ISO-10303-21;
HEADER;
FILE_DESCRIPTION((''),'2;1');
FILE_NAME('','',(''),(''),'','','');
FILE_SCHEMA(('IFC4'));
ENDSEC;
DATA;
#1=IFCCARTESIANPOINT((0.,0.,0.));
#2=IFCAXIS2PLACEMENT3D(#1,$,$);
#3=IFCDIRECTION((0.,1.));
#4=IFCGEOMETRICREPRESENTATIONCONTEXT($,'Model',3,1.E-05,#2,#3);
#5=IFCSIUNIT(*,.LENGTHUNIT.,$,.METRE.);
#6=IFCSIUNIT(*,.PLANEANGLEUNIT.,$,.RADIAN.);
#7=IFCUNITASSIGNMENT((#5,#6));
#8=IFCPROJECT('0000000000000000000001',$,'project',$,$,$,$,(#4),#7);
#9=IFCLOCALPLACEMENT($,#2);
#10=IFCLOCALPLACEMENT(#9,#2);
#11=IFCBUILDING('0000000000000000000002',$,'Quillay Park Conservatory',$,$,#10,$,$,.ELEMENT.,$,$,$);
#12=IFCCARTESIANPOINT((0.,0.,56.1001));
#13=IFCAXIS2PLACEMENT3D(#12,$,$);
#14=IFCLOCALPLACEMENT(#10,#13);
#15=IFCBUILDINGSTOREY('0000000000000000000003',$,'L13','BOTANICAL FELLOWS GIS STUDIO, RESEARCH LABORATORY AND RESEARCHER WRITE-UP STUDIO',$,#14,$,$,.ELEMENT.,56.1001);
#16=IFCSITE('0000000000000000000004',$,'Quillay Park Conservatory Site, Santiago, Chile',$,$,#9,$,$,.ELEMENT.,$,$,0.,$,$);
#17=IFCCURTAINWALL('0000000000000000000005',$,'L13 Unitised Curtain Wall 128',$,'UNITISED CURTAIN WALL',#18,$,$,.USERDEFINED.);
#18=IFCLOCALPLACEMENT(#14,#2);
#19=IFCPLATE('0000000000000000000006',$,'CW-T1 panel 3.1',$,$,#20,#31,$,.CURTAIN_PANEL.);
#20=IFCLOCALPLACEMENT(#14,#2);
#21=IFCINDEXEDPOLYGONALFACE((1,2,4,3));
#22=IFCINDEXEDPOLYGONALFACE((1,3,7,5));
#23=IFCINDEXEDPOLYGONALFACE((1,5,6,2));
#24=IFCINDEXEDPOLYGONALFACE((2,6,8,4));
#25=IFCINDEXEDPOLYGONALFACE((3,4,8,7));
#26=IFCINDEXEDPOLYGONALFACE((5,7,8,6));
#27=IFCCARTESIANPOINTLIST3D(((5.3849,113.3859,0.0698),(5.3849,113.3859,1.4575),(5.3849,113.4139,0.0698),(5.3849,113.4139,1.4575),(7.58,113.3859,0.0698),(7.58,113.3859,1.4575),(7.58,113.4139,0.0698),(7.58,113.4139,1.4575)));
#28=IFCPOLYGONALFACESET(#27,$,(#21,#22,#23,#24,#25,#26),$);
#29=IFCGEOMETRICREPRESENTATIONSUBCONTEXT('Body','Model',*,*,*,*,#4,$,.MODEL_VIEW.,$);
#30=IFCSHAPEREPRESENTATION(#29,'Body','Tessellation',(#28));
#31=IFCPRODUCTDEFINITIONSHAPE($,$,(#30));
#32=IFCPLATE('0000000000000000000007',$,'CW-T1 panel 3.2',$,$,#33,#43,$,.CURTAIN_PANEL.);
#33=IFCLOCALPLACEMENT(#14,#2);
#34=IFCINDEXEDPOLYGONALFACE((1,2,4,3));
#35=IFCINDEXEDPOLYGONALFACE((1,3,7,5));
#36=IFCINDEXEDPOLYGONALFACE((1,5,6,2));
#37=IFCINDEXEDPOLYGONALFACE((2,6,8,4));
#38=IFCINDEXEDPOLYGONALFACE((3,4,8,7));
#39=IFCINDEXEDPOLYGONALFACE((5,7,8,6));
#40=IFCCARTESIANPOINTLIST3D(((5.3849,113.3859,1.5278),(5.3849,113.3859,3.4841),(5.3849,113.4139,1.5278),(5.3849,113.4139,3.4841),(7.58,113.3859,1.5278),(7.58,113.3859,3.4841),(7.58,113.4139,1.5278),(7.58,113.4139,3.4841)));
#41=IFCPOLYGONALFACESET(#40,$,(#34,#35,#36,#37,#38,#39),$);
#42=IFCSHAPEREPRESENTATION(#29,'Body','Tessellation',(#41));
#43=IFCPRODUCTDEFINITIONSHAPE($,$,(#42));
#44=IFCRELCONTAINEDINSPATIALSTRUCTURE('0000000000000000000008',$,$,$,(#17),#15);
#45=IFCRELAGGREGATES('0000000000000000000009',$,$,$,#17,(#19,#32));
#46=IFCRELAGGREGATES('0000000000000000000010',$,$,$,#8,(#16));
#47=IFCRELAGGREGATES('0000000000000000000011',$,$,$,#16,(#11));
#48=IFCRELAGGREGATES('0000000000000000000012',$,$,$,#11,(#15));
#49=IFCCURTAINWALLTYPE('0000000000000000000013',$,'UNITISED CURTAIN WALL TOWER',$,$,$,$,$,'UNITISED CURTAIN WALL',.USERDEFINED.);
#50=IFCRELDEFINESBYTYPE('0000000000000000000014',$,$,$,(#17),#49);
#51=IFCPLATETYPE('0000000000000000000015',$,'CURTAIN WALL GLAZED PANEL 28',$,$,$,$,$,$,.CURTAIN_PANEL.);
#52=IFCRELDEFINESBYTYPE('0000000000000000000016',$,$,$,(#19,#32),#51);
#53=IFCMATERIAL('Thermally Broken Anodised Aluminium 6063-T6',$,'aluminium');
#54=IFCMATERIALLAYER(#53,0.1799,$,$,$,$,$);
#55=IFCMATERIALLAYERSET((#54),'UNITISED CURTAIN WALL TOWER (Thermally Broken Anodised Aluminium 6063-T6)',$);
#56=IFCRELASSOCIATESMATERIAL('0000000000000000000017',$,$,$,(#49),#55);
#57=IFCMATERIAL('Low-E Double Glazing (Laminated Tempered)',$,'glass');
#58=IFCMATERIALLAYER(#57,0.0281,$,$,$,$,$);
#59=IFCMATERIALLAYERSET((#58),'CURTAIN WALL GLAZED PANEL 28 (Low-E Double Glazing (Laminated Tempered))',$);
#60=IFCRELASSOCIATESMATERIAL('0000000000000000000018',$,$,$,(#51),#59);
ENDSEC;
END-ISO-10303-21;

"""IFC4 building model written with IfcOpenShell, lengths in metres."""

from ifc_helpers import new_model, si_unit, direction, frame, origin, origin_2d, place, context, subcontext, project, spatial, rectangle, extrude, material, layer, layer_set, type_object, element, aggregate, save


model = new_model("IFC4")

# Units and contexts
model_context = context("Model", 3, precision=1e-05, world=origin(), true_north=direction((0.0, 1.0)))
body_context = subcontext(model_context, "Body", "Model", "MODEL_VIEW")
ifc_project = project(units=[si_unit("LENGTHUNIT", "METRE"), si_unit("PLANEANGLEUNIT", "RADIAN")], contexts=[model_context])

# Site, building, storey
site_placement = place(None, origin())
site = spatial("IfcSite", under=ifc_project, at=site_placement, Name="Quillay Park Conservatory Site, Santiago, Chile", CompositionType="ELEMENT", RefElevation=0.0)
building_placement = place(site_placement, origin())
building = spatial("IfcBuilding", under=site, at=building_placement, Name="Quillay Park Conservatory", CompositionType="ELEMENT")
storey_placement = place(building_placement, frame((0.0, 0.0, 56.1001)))
storey = spatial("IfcBuildingStorey", under=building, at=storey_placement, Name="L13", Description="BOTANICAL FELLOWS GIS STUDIO, RESEARCH LABORATORY AND RESEARCHER WRITE-UP STUDIO", CompositionType="ELEMENT", Elevation=56.1001)

# Curtain wall
ifc_material_1 = material(Name="Thermally Broken Anodised Aluminium 6063-T6", Category="aluminium")
ifc_layer_1 = layer(ifc_material_1, 0.1799)
ifc_layer_set_1 = layer_set([ifc_layer_1], Name="UNITISED CURTAIN WALL TOWER (Thermally Broken Anodised Aluminium 6063-T6)")
curtain_wall_type = type_object("IfcCurtainWallType", Name="UNITISED CURTAIN WALL TOWER", ElementType="UNITISED CURTAIN WALL", PredefinedType="USERDEFINED", material=ifc_layer_set_1)
curtain_wall_1_placement = place(storey_placement, origin())
curtain_wall_1 = element("IfcCurtainWall", 1, at=curtain_wall_1_placement, inside=storey, type_object=curtain_wall_type, Name="L13 Unitised Curtain Wall 128", ObjectType="UNITISED CURTAIN WALL", PredefinedType="USERDEFINED")

# Plates
ifc_material_2 = material(Name="Low-E Double Glazing (Laminated Tempered)", Category="glass")
ifc_layer_2 = layer(ifc_material_2, 0.0281)
ifc_layer_set_2 = layer_set([ifc_layer_2], Name="CURTAIN WALL GLAZED PANEL 28 (Low-E Double Glazing (Laminated Tempered))")
plate_type = type_object("IfcPlateType", Name="CURTAIN WALL GLAZED PANEL 28", PredefinedType="CURTAIN_PANEL", material=ifc_layer_set_2)
plate_1_placement = place(storey_placement, frame((6.4824, 113.3999, 0.0698), z_axis=(0.0, 0.0, 1.0), x_axis=(1.0, 0.0, 0.0)))
plate_1 = element("IfcPlate", 2, at=plate_1_placement, type_object=plate_type, Name="CW-T1 panel 3.1", PredefinedType="CURTAIN_PANEL", context=body_context, shape_type="SweptSolid", body=[
    extrude(rectangle(XDim=2.1951, YDim=0.0281, at=origin_2d()), origin(), (0.0, 0.0, 1.0), 1.3877),
])
plate_2_placement = place(storey_placement, frame((6.4824, 113.3999, 1.5278), z_axis=(0.0, 0.0, 1.0), x_axis=(1.0, 0.0, 0.0)))
plate_2 = element("IfcPlate", 3, at=plate_2_placement, type_object=plate_type, Name="CW-T1 panel 3.2", PredefinedType="CURTAIN_PANEL", context=body_context, shape_type="SweptSolid", body=[
    extrude(rectangle(XDim=2.1951, YDim=0.0281, at=origin_2d()), origin(), (0.0, 0.0, 1.0), 1.9563),
])
aggregate(curtain_wall_1, [plate_1, plate_2])

save(model, "model.ifc")
